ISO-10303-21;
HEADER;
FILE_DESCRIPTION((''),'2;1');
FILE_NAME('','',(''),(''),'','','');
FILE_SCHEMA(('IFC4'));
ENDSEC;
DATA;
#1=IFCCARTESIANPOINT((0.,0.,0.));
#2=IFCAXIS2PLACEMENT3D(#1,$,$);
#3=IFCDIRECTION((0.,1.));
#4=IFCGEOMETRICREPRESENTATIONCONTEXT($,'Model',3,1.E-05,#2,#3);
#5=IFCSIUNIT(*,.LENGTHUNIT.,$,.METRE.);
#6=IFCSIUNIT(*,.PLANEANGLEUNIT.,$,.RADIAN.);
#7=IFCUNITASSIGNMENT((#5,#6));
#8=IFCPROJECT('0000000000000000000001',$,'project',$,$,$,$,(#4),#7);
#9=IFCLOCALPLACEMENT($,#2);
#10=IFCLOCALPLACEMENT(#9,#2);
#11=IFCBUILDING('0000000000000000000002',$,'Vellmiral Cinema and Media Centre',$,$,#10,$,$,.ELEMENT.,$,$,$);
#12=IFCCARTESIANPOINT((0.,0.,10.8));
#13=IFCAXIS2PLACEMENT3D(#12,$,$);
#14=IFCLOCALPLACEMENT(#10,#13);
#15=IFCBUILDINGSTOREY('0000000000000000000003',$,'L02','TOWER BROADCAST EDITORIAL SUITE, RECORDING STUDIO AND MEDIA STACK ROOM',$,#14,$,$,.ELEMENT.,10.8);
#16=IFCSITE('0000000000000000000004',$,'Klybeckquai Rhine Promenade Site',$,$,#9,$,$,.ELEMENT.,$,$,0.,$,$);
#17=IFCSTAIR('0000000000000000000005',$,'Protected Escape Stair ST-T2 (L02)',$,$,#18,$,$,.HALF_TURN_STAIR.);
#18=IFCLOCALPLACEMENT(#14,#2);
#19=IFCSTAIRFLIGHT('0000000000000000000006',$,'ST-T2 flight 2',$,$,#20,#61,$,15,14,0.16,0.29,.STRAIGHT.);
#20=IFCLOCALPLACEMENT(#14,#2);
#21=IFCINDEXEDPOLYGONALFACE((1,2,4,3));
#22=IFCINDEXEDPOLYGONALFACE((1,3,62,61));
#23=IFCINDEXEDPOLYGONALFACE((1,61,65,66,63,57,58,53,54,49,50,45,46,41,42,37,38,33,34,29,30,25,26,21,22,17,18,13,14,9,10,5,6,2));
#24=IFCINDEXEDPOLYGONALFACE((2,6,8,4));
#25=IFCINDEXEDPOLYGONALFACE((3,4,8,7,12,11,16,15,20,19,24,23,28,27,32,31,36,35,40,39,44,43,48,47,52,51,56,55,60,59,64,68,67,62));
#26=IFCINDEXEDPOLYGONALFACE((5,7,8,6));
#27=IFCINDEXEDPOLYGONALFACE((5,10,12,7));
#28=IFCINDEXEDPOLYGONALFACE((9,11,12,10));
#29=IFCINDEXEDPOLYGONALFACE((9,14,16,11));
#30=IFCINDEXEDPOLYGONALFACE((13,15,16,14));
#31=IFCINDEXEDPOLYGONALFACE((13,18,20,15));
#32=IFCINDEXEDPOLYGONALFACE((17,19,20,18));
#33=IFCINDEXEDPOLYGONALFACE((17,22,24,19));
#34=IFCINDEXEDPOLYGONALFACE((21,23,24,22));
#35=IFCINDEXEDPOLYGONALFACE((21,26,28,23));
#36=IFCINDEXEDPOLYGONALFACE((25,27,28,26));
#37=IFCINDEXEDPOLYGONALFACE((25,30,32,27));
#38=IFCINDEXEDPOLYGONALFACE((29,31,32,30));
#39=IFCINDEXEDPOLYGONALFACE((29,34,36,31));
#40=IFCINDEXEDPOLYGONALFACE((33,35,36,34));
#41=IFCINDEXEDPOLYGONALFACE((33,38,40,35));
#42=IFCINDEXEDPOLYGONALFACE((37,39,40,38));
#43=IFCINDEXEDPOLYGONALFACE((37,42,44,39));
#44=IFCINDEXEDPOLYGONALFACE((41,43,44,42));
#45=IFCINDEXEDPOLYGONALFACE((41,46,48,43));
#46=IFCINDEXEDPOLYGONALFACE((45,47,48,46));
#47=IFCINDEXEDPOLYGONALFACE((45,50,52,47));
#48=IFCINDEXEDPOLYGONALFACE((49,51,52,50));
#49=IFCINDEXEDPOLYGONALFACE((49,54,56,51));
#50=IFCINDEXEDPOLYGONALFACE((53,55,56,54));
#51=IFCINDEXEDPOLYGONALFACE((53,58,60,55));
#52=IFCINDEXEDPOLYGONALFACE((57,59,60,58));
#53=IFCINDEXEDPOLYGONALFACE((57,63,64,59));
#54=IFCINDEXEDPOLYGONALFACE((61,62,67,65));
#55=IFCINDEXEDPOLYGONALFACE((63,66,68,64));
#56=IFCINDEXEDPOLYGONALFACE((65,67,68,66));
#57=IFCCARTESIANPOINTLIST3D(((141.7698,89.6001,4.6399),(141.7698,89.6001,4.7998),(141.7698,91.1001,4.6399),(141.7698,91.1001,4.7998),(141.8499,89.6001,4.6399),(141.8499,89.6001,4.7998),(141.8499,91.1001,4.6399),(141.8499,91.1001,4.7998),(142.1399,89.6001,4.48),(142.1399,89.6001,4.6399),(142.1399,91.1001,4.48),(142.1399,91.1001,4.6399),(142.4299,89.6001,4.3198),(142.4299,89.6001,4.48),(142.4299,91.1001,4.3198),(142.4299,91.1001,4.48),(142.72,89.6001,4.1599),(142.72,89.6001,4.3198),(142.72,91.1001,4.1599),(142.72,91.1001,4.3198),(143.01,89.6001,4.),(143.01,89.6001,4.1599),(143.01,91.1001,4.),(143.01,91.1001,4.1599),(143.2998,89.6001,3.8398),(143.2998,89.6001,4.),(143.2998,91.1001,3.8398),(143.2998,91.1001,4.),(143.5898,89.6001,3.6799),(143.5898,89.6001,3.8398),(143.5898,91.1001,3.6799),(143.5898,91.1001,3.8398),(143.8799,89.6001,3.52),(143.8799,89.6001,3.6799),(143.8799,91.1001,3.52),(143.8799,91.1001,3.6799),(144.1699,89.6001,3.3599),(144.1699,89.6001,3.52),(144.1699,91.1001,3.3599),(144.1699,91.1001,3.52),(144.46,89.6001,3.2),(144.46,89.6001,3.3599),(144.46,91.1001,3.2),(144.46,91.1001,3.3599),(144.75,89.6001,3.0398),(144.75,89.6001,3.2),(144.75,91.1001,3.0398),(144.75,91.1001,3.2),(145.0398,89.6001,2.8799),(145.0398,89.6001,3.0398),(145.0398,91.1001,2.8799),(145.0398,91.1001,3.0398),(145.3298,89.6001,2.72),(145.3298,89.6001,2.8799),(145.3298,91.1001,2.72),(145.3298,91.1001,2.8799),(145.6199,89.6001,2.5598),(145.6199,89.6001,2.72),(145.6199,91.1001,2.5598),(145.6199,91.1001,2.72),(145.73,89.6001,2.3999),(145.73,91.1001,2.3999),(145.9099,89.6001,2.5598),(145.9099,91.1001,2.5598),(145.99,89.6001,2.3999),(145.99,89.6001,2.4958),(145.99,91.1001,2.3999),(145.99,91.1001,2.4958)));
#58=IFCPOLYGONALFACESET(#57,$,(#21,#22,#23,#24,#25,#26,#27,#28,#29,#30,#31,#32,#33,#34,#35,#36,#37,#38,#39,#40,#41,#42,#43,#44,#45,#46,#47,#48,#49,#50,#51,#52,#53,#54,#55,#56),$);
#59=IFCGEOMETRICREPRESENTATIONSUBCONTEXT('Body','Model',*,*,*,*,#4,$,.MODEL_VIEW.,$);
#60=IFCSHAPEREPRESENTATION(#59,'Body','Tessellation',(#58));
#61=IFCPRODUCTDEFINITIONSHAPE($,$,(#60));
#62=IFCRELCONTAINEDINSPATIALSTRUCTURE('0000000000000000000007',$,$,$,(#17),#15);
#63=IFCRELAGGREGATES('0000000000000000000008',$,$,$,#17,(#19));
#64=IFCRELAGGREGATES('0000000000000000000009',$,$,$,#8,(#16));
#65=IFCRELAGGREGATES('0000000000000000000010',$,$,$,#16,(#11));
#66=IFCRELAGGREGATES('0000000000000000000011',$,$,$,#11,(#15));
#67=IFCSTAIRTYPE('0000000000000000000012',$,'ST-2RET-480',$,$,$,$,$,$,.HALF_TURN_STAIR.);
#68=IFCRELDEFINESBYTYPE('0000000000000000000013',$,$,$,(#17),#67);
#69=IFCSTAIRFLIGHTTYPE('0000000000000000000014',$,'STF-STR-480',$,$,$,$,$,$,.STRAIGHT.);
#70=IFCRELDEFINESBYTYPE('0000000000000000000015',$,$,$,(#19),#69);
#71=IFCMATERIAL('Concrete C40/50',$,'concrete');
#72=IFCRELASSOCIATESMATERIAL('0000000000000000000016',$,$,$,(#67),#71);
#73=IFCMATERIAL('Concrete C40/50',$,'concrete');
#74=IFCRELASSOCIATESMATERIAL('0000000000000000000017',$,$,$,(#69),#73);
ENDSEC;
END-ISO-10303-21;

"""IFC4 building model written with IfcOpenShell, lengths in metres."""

from ifc_helpers import new_model, si_unit, direction, frame, origin, place, context, subcontext, project, spatial, polyline, outline, extrude, material, type_object, element, aggregate, save


model = new_model("IFC4")

# Units and contexts
model_context = context("Model", 3, precision=1e-05, world=origin(), true_north=direction((0.0, 1.0)))
body_context = subcontext(model_context, "Body", "Model", "MODEL_VIEW")
ifc_project = project(units=[si_unit("LENGTHUNIT", "METRE"), si_unit("PLANEANGLEUNIT", "RADIAN")], contexts=[model_context])

# Site, building, storey
site_placement = place(None, origin())
site = spatial("IfcSite", under=ifc_project, at=site_placement, Name="Klybeckquai Rhine Promenade Site", CompositionType="ELEMENT", RefElevation=0.0)
building_placement = place(site_placement, origin())
building = spatial("IfcBuilding", under=site, at=building_placement, Name="Vellmiral Cinema and Media Centre", CompositionType="ELEMENT")
storey_placement = place(building_placement, frame((0.0, 0.0, 10.8)))
storey = spatial("IfcBuildingStorey", under=building, at=storey_placement, Name="L02", Description="TOWER BROADCAST EDITORIAL SUITE, RECORDING STUDIO AND MEDIA STACK ROOM", CompositionType="ELEMENT", Elevation=10.8)

# Stair, stair flight
ifc_material_1 = material(Name="Concrete C40/50", Category="concrete")
stair_type = type_object("IfcStairType", Name="ST-2RET-480", PredefinedType="HALF_TURN_STAIR", material=ifc_material_1)
stair_placement = place(storey_placement, origin())
stair = element("IfcStair", 1, at=stair_placement, inside=storey, type_object=stair_type, Name="Protected Escape Stair ST-T2 (L02)", PredefinedType="HALF_TURN_STAIR")
ifc_material_2 = material(Name="Concrete C40/50", Category="concrete")
stair_flight_type = type_object("IfcStairFlightType", Name="STF-STR-480", PredefinedType="STRAIGHT", material=ifc_material_2)
stair_flight_placement = place(storey_placement, frame((145.9099, 90.3501, 2.3999), z_axis=(0.0, 0.0, 1.0), x_axis=(-1.0, 0.0, 0.0)))
stair_flight = element("IfcStairFlight", 2, at=stair_flight_placement, type_object=stair_flight_type, Name="ST-T2 flight 2", NumberOfRisers=15, NumberOfTreads=14, PredefinedType="STRAIGHT", RiserHeight=0.16, TreadLength=0.29, context=body_context, shape_type="SweptSolid", body=[
    extrude(outline(polyline([(-0.0801, 0.0), (-0.0801, 0.0959), (0.0, 0.1599), (0.29, 0.1599), (0.29, 0.3201), (0.5801, 0.3201), (0.5801, 0.48), (0.8701, 0.48), (0.8701, 0.6399), (1.1599, 0.6399), (1.1599, 0.8), (1.45, 0.8), (1.45, 0.96), (1.74, 0.96), (1.74, 1.1201), (2.03, 1.1201), (2.03, 1.28), (2.3201, 1.28), (2.3201, 1.4399), (2.6101, 1.4399), (2.6101, 1.6001), (2.8999, 1.6001), (2.8999, 1.76), (3.1899, 1.76), (3.1899, 1.9199), (3.48, 1.9199), (3.48, 2.0801), (3.77, 2.0801), (3.77, 2.24), (4.0601, 2.24), (4.0601, 2.3999), (4.1401, 2.3999), (4.1401, 2.24), (0.1799, 0.0), (-0.0801, 0.0)])), frame((0.0, 0.75, 0.0), z_axis=(0.0, -1.0, 0.0), x_axis=(1.0, 0.0, 0.0)), (0.0, 0.0, 1.0), 1.5),
])
aggregate(stair, [stair_flight])

save(model, "model.ifc")
